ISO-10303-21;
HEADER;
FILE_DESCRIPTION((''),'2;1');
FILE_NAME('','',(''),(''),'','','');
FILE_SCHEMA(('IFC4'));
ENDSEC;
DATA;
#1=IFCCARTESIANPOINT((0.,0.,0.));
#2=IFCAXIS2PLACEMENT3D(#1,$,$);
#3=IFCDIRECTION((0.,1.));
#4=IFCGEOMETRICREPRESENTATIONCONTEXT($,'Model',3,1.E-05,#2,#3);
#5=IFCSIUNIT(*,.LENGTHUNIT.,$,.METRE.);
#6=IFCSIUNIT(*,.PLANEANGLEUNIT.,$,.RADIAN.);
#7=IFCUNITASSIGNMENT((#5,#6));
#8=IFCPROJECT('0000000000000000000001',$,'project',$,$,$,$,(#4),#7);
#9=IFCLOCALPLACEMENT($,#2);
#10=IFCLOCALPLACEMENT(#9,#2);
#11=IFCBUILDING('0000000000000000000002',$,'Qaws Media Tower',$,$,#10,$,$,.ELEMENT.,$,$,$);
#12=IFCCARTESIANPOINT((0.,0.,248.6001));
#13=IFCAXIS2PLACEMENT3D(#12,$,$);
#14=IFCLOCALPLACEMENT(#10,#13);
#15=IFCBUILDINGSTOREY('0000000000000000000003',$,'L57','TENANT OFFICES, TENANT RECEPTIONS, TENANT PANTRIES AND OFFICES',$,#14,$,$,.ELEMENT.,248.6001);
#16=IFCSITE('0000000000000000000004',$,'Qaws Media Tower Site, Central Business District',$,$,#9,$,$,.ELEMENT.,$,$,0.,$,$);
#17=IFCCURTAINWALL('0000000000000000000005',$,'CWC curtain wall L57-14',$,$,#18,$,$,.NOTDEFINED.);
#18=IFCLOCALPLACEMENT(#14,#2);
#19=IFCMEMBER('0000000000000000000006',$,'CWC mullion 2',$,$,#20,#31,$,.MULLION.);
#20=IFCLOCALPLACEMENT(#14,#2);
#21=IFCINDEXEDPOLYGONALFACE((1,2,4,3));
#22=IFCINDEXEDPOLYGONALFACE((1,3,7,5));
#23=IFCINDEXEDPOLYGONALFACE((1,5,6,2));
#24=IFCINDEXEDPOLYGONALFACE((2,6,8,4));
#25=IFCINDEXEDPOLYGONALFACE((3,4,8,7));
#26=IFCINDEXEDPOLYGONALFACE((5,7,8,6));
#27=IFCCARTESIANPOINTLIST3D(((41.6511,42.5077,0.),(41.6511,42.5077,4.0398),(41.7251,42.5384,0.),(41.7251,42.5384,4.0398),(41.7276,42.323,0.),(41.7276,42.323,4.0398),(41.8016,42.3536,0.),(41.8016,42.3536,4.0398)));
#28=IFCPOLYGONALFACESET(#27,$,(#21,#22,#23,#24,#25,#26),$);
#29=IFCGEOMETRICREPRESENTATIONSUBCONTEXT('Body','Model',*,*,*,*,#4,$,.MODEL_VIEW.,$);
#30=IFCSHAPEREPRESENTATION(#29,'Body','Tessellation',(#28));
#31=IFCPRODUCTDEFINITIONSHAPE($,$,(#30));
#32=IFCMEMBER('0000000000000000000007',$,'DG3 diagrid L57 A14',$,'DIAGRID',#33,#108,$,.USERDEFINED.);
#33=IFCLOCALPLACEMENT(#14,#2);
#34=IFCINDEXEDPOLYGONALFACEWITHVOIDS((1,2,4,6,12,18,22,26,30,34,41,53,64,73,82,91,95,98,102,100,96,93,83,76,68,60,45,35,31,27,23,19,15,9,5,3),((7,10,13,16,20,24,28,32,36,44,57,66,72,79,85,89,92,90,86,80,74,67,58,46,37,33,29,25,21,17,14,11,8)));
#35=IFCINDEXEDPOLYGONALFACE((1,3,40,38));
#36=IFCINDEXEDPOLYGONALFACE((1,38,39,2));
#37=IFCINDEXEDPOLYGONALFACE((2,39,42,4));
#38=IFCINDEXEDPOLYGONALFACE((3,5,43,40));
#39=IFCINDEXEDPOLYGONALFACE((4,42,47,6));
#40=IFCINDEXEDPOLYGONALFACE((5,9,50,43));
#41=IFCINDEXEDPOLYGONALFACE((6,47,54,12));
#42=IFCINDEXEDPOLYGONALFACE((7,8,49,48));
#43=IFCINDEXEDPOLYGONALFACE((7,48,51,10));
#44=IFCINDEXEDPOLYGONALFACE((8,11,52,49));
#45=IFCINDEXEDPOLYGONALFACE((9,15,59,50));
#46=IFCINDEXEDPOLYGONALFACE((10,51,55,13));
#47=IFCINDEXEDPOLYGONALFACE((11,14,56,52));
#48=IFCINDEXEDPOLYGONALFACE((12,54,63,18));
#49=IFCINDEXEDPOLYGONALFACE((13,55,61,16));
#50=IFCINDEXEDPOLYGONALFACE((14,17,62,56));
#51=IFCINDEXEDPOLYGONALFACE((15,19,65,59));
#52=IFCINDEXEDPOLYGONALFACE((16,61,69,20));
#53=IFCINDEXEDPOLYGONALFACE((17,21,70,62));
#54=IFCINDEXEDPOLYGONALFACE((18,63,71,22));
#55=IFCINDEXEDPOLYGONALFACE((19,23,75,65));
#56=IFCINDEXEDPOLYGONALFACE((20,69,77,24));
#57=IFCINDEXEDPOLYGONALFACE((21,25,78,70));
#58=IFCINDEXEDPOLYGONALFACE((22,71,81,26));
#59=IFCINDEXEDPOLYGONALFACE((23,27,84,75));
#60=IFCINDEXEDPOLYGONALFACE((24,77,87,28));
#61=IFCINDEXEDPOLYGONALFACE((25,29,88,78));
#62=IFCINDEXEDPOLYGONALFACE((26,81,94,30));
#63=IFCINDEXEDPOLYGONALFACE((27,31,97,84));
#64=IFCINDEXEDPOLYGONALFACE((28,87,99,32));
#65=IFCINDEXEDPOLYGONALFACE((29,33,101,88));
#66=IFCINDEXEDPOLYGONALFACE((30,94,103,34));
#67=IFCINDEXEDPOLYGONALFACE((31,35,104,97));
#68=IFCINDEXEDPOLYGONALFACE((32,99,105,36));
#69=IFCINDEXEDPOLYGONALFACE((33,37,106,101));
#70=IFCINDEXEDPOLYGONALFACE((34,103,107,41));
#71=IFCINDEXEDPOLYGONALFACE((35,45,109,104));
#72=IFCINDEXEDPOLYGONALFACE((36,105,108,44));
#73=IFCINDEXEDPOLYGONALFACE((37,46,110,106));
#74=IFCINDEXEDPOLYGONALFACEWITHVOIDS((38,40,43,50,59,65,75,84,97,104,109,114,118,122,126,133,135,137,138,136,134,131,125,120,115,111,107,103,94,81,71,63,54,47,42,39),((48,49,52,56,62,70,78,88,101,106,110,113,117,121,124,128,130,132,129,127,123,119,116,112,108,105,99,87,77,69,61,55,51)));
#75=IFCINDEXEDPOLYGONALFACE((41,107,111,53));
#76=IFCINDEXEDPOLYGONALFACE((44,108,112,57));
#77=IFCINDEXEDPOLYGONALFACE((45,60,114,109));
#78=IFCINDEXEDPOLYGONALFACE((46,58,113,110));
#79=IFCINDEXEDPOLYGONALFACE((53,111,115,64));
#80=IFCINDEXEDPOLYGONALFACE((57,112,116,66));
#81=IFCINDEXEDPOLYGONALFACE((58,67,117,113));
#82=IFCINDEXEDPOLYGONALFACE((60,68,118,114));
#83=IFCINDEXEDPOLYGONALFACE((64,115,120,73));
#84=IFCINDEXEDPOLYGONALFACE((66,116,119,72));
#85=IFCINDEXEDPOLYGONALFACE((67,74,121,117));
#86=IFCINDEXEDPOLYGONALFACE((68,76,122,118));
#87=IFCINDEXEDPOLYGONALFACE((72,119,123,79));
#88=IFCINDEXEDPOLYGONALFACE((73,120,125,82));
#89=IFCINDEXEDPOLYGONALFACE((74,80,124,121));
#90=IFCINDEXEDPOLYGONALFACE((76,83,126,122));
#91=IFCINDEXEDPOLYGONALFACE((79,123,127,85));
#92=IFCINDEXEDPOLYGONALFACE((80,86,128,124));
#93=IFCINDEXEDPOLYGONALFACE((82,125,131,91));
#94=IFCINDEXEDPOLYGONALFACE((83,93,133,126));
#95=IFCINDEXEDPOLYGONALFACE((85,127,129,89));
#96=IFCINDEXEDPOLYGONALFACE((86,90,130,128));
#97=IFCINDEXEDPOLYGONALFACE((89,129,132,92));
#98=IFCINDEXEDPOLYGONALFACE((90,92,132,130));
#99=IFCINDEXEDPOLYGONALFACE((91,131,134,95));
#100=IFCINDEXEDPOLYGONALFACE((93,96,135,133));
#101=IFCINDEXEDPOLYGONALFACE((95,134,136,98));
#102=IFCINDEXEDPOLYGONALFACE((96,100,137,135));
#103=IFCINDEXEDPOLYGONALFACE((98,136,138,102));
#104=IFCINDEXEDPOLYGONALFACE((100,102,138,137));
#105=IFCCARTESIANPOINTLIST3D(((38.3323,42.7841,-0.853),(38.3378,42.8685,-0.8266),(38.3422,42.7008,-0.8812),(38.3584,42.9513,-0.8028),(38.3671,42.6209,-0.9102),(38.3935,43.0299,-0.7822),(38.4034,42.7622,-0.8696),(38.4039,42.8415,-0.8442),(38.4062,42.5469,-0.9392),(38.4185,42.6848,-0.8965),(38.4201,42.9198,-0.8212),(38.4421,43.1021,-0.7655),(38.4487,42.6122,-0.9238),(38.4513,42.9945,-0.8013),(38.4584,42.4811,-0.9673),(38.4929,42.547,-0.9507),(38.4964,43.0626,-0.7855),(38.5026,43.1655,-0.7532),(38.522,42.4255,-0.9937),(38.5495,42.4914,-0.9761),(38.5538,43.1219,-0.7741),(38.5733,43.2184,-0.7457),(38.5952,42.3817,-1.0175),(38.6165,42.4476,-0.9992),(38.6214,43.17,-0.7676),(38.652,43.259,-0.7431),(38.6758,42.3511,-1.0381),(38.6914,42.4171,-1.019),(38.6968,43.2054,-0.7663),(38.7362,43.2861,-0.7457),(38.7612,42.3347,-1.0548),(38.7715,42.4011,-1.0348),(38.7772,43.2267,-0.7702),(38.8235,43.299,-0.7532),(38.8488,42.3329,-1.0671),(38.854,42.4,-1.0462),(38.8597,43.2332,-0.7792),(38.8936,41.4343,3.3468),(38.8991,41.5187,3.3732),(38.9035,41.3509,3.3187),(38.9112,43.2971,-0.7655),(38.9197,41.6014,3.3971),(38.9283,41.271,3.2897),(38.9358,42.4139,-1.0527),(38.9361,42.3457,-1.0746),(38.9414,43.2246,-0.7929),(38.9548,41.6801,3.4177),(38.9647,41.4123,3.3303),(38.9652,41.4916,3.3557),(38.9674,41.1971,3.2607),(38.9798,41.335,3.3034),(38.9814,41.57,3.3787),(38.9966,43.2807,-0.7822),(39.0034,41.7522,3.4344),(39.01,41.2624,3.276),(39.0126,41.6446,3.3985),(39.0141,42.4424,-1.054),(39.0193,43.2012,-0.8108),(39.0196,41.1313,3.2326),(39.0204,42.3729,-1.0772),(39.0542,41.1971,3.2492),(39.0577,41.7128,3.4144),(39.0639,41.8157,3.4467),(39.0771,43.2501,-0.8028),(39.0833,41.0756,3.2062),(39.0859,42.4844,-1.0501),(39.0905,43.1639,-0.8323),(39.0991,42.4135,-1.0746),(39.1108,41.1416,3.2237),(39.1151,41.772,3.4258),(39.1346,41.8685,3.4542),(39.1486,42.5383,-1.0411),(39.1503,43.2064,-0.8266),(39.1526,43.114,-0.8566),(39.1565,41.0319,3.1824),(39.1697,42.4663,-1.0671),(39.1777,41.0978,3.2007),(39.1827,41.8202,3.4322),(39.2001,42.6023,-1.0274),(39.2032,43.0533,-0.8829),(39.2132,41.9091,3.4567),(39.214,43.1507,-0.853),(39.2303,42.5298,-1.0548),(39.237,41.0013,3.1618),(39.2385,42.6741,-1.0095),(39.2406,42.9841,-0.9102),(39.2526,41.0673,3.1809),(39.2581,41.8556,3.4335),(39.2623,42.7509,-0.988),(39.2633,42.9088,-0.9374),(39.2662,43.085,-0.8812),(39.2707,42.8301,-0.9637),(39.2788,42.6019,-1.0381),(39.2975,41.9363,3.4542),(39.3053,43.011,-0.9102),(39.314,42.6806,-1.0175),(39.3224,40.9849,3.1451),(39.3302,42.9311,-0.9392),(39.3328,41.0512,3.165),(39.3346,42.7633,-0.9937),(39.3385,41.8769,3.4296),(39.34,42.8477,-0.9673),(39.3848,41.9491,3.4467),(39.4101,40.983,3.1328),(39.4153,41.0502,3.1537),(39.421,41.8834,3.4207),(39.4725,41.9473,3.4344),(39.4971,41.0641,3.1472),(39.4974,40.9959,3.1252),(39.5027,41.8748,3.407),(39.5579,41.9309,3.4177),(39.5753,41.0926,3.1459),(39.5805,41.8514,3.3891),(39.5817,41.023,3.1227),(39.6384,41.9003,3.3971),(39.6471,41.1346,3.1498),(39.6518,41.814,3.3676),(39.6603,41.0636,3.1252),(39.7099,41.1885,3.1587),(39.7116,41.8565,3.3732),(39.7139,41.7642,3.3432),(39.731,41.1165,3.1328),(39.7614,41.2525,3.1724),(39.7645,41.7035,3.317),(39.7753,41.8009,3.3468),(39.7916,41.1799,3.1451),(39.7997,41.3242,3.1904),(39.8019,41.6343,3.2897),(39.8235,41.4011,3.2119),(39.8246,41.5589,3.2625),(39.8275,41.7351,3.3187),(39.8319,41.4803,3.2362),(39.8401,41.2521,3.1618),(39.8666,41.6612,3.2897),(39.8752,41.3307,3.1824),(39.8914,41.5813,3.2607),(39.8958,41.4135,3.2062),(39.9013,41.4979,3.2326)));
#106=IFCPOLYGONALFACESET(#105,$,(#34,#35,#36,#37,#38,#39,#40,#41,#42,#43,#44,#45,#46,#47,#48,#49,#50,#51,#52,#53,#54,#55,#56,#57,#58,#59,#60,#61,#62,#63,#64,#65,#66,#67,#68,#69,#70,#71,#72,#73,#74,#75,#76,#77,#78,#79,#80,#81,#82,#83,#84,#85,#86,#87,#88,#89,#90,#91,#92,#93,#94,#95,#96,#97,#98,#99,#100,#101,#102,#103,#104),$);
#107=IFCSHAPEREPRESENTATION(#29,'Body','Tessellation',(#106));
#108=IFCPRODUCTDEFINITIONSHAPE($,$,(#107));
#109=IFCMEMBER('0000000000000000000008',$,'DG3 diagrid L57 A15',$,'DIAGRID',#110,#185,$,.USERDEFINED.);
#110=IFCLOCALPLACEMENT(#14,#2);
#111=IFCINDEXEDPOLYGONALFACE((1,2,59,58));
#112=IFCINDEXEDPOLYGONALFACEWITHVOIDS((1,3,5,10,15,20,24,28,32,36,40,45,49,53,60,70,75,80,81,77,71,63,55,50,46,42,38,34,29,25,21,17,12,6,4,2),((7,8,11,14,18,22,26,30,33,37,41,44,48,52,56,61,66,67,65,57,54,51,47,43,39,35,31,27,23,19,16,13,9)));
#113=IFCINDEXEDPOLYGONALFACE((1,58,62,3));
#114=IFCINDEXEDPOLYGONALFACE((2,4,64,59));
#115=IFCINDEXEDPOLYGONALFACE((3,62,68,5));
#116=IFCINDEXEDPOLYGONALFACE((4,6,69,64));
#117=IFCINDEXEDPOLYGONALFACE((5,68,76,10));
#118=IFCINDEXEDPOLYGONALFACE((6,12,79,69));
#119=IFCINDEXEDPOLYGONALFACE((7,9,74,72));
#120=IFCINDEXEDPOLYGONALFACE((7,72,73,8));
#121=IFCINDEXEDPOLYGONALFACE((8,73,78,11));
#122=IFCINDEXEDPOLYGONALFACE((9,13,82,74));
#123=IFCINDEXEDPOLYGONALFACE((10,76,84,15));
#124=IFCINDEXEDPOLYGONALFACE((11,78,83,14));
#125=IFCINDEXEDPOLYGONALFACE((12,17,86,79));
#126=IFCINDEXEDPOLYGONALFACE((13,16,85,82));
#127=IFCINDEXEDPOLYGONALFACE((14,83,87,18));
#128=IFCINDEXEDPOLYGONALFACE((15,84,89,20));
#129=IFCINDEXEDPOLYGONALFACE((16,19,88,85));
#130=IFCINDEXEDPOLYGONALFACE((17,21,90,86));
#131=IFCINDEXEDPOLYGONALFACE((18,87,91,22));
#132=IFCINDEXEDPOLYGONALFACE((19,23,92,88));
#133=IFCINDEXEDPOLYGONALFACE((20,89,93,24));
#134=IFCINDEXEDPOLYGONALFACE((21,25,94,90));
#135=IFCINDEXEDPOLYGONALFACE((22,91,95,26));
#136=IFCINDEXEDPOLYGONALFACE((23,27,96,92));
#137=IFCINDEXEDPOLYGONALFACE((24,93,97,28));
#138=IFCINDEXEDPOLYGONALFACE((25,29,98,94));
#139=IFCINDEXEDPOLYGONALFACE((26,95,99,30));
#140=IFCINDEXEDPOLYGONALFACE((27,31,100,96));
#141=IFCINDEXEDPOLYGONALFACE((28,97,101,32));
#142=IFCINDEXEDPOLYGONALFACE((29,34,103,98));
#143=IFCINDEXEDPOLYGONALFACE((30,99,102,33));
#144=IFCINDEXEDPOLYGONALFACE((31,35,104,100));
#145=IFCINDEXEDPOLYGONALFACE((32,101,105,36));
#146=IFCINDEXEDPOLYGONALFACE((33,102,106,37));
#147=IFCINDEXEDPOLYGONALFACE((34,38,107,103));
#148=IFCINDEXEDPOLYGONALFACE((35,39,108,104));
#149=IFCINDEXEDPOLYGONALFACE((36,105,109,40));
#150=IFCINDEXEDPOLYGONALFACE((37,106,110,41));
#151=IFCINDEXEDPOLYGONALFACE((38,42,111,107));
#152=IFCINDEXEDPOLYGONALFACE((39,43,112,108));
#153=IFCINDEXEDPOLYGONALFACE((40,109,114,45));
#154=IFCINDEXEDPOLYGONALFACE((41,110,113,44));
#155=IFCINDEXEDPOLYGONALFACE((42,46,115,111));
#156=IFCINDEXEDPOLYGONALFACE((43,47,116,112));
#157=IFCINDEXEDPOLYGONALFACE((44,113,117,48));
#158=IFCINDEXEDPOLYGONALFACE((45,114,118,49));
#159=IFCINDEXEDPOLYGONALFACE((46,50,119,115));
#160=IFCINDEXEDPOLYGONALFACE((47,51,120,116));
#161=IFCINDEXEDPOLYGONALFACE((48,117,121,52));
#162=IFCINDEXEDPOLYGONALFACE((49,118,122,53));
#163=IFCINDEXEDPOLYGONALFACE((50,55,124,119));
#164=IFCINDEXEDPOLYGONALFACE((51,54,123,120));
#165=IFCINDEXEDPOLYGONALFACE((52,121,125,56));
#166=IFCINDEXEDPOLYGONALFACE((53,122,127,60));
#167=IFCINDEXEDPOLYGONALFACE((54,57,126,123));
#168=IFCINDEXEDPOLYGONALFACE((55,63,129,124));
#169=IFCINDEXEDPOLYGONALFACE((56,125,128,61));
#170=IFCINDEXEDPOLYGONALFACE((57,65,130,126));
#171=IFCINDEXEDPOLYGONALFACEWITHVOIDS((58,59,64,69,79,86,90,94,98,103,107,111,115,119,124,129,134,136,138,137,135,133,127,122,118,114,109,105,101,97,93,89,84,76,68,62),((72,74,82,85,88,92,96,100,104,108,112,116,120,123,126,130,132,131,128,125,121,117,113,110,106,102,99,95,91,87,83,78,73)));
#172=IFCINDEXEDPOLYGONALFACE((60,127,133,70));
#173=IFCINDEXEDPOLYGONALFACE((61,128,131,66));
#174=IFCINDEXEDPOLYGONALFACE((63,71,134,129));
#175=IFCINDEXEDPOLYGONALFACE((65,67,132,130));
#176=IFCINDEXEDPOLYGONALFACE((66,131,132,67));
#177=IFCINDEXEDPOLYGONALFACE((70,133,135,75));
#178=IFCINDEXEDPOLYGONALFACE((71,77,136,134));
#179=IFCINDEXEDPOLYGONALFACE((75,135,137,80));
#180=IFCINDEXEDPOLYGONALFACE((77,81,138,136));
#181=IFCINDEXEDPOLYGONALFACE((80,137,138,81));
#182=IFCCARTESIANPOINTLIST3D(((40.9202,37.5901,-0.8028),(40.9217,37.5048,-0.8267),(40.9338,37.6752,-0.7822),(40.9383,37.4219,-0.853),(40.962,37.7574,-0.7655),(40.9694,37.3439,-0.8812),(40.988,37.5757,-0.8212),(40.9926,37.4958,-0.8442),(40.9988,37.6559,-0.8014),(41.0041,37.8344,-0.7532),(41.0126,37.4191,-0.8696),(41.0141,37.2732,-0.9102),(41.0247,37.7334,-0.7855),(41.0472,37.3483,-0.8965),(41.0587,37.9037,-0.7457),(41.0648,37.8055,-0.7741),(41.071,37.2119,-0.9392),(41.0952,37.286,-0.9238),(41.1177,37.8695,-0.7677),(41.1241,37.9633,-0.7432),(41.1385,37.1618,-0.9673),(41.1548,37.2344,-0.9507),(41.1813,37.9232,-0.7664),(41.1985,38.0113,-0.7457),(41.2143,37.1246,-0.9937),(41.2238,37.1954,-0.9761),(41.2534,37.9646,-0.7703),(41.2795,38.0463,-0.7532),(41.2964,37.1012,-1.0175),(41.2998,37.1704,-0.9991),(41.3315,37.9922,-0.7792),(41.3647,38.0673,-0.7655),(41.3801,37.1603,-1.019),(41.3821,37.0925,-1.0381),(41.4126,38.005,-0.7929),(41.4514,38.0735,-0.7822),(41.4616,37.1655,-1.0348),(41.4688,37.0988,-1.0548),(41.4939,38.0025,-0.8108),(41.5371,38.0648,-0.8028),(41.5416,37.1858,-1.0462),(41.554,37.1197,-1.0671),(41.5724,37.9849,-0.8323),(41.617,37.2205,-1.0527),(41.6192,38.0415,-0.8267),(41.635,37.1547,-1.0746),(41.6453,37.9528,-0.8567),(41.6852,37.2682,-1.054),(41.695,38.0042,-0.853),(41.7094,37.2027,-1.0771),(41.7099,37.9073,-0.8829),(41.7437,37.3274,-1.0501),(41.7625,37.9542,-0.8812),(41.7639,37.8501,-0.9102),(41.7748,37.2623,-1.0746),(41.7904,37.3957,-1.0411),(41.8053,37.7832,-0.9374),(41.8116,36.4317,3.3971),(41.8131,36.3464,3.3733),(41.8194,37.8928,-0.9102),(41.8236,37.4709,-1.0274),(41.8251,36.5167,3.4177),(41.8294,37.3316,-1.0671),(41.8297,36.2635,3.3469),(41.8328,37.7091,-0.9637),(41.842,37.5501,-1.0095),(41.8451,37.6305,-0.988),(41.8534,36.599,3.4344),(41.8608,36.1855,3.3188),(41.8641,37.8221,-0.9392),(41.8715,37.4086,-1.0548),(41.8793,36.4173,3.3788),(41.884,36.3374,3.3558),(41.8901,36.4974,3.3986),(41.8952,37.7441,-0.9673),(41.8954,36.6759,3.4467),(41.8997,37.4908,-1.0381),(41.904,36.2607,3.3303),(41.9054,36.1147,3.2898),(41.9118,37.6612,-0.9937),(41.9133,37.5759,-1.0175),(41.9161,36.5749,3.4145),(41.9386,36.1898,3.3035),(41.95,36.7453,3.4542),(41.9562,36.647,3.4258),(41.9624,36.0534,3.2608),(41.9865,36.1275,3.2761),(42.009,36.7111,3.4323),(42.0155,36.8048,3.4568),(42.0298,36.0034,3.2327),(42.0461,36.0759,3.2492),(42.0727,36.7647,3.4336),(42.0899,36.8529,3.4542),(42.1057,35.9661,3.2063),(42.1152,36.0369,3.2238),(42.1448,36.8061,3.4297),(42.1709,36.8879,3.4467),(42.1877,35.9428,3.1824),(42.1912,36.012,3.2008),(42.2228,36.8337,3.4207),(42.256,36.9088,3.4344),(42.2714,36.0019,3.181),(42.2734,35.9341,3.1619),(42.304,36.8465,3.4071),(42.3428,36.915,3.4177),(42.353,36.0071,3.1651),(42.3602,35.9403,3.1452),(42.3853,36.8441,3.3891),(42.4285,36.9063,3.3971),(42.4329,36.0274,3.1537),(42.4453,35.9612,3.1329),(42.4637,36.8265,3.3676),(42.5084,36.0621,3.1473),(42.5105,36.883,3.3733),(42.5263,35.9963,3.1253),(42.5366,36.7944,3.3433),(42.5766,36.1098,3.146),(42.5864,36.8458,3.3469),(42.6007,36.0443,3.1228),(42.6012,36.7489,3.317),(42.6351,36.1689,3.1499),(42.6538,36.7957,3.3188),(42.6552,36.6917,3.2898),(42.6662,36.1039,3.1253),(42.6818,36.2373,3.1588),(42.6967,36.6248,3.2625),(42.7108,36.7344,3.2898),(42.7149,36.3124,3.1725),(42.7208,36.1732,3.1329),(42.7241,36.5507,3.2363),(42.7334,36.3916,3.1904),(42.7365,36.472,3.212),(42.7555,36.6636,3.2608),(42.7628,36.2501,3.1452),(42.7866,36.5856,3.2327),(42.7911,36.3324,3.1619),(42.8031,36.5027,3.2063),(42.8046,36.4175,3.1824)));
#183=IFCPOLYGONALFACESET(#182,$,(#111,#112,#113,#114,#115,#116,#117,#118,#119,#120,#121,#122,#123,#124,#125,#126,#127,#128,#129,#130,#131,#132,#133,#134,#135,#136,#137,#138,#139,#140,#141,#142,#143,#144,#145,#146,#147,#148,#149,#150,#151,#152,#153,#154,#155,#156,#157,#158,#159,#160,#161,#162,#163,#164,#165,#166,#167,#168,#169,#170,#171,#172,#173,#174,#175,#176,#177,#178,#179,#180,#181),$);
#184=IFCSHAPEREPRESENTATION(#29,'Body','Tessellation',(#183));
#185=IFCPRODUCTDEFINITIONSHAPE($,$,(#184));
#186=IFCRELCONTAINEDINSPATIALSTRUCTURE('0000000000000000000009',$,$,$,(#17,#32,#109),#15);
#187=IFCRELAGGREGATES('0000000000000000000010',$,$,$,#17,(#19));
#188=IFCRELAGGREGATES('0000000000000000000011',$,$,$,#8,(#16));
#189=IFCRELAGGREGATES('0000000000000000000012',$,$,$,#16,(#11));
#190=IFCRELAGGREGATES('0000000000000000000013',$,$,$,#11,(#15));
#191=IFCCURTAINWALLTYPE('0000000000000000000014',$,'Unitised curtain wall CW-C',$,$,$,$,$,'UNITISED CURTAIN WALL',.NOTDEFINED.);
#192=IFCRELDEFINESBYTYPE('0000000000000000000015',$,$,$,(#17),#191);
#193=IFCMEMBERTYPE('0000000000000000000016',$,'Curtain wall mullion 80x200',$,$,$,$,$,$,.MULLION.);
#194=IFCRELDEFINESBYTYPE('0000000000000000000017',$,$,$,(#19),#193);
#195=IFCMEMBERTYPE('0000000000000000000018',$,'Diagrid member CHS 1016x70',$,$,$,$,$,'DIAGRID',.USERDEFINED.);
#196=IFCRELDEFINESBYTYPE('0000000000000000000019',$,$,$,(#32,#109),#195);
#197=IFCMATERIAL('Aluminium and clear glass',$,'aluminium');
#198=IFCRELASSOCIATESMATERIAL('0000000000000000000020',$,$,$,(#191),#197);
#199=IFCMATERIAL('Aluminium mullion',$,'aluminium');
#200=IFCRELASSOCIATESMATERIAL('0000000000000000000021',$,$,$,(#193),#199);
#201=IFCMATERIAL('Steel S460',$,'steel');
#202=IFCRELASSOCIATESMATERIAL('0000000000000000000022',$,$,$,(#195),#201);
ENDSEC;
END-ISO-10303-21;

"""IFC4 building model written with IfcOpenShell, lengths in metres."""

from ifc_helpers import new_model, si_unit, direction, frame, origin, origin_2d, place, context, subcontext, project, spatial, rectangle, hollow_circle, extrude, material, material_profile, profile_set, type_object, element, aggregate, save


model = new_model("IFC4")

# Units and contexts
model_context = context("Model", 3, precision=1e-05, world=origin(), true_north=direction((0.0, 1.0)))
body_context = subcontext(model_context, "Body", "Model", "MODEL_VIEW")
ifc_project = project(units=[si_unit("LENGTHUNIT", "METRE"), si_unit("PLANEANGLEUNIT", "RADIAN")], contexts=[model_context])

# Site, building, storey
site_placement = place(None, origin())
site = spatial("IfcSite", under=ifc_project, at=site_placement, Name="Qaws Media Tower Site, Central Business District", CompositionType="ELEMENT", RefElevation=0.0)
building_placement = place(site_placement, origin())
building = spatial("IfcBuilding", under=site, at=building_placement, Name="Qaws Media Tower", CompositionType="ELEMENT")
storey_placement = place(building_placement, frame((0.0, 0.0, 248.6001)))
storey = spatial("IfcBuildingStorey", under=building, at=storey_placement, Name="L57", Description="TENANT OFFICES, TENANT RECEPTIONS, TENANT PANTRIES AND OFFICES", CompositionType="ELEMENT", Elevation=248.6001)

# Curtain wall, member
ifc_material_1 = material(Name="Aluminium and clear glass", Category="aluminium")
curtain_wall_type = type_object("IfcCurtainWallType", Name="Unitised curtain wall CW-C", ElementType="UNITISED CURTAIN WALL", PredefinedType="NOTDEFINED", material=ifc_material_1)
curtain_wall_placement = place(storey_placement, origin())
curtain_wall = element("IfcCurtainWall", 1, at=curtain_wall_placement, inside=storey, type_object=curtain_wall_type, Name="CWC curtain wall L57-14", PredefinedType="NOTDEFINED")
ifc_material_2 = material(Name="Aluminium mullion", Category="aluminium")
ifc_material_profile_1 = material_profile(ifc_material_2, rectangle(XDim=0.0801, YDim=0.2, at=origin_2d()), Name="80x200")
ifc_profile_set_1 = profile_set([ifc_material_profile_1], Name="Aluminium mullion")
member_type_1 = type_object("IfcMemberType", Name="Curtain wall mullion 80x200", PredefinedType="MULLION", material=ifc_profile_set_1)
member_placement = place(storey_placement, frame((41.7263, 42.4307, 0.0), z_axis=(0.0, 0.0, 1.0), x_axis=(0.92388, 0.382683, 0.0)))
member = element("IfcMember", 2, at=member_placement, type_object=member_type_1, Name="CWC mullion 2", PredefinedType="MULLION", context=body_context, shape_type="SweptSolid", body=[
    extrude(rectangle(XDim=0.0801, YDim=0.2, at=origin_2d()), origin(), (0.0, 0.0, 1.0), 4.0398),
])

# Members
ifc_material_3 = material(Name="Steel S460", Category="steel")
ifc_material_profile_2 = material_profile(ifc_material_3, hollow_circle(Radius=0.5081, WallThickness=0.0701, at=origin_2d()), Name="CHS 1016x70")
ifc_profile_set_2 = profile_set([ifc_material_profile_2], Name="Steel S460")
member_type_2 = type_object("IfcMemberType", Name="Diagrid member CHS 1016x70", ElementType="DIAGRID", PredefinedType="USERDEFINED", material=ifc_profile_set_2)
for number, where, z_axis, x_axis, name in (
    (3, (38.8362, 42.8159, -0.9102), (0.126212, -0.303535, 0.944424), (0.923358, 0.383939, 0.0), "DG3 diagrid L57 A14"),
    (4, (41.4167, 37.583, -0.9102), (0.200439, -0.260499, 0.944439), (0.792543, 0.609816, 0.0), "DG3 diagrid L57 A15"),
):
    element("IfcMember", number, at=place(storey_placement, frame(where, z_axis=z_axis, x_axis=x_axis)), inside=storey, type_object=member_type_2, Name=name, ObjectType="DIAGRID", PredefinedType="USERDEFINED", context=body_context, shape_type="SweptSolid", body=[
        extrude(hollow_circle(Radius=0.5081, WallThickness=0.0701, at=origin_2d()), origin(), (0.0, 0.0, 1.0), 4.447),
    ])

aggregate(curtain_wall, [member])

save(model, "model.ifc")
